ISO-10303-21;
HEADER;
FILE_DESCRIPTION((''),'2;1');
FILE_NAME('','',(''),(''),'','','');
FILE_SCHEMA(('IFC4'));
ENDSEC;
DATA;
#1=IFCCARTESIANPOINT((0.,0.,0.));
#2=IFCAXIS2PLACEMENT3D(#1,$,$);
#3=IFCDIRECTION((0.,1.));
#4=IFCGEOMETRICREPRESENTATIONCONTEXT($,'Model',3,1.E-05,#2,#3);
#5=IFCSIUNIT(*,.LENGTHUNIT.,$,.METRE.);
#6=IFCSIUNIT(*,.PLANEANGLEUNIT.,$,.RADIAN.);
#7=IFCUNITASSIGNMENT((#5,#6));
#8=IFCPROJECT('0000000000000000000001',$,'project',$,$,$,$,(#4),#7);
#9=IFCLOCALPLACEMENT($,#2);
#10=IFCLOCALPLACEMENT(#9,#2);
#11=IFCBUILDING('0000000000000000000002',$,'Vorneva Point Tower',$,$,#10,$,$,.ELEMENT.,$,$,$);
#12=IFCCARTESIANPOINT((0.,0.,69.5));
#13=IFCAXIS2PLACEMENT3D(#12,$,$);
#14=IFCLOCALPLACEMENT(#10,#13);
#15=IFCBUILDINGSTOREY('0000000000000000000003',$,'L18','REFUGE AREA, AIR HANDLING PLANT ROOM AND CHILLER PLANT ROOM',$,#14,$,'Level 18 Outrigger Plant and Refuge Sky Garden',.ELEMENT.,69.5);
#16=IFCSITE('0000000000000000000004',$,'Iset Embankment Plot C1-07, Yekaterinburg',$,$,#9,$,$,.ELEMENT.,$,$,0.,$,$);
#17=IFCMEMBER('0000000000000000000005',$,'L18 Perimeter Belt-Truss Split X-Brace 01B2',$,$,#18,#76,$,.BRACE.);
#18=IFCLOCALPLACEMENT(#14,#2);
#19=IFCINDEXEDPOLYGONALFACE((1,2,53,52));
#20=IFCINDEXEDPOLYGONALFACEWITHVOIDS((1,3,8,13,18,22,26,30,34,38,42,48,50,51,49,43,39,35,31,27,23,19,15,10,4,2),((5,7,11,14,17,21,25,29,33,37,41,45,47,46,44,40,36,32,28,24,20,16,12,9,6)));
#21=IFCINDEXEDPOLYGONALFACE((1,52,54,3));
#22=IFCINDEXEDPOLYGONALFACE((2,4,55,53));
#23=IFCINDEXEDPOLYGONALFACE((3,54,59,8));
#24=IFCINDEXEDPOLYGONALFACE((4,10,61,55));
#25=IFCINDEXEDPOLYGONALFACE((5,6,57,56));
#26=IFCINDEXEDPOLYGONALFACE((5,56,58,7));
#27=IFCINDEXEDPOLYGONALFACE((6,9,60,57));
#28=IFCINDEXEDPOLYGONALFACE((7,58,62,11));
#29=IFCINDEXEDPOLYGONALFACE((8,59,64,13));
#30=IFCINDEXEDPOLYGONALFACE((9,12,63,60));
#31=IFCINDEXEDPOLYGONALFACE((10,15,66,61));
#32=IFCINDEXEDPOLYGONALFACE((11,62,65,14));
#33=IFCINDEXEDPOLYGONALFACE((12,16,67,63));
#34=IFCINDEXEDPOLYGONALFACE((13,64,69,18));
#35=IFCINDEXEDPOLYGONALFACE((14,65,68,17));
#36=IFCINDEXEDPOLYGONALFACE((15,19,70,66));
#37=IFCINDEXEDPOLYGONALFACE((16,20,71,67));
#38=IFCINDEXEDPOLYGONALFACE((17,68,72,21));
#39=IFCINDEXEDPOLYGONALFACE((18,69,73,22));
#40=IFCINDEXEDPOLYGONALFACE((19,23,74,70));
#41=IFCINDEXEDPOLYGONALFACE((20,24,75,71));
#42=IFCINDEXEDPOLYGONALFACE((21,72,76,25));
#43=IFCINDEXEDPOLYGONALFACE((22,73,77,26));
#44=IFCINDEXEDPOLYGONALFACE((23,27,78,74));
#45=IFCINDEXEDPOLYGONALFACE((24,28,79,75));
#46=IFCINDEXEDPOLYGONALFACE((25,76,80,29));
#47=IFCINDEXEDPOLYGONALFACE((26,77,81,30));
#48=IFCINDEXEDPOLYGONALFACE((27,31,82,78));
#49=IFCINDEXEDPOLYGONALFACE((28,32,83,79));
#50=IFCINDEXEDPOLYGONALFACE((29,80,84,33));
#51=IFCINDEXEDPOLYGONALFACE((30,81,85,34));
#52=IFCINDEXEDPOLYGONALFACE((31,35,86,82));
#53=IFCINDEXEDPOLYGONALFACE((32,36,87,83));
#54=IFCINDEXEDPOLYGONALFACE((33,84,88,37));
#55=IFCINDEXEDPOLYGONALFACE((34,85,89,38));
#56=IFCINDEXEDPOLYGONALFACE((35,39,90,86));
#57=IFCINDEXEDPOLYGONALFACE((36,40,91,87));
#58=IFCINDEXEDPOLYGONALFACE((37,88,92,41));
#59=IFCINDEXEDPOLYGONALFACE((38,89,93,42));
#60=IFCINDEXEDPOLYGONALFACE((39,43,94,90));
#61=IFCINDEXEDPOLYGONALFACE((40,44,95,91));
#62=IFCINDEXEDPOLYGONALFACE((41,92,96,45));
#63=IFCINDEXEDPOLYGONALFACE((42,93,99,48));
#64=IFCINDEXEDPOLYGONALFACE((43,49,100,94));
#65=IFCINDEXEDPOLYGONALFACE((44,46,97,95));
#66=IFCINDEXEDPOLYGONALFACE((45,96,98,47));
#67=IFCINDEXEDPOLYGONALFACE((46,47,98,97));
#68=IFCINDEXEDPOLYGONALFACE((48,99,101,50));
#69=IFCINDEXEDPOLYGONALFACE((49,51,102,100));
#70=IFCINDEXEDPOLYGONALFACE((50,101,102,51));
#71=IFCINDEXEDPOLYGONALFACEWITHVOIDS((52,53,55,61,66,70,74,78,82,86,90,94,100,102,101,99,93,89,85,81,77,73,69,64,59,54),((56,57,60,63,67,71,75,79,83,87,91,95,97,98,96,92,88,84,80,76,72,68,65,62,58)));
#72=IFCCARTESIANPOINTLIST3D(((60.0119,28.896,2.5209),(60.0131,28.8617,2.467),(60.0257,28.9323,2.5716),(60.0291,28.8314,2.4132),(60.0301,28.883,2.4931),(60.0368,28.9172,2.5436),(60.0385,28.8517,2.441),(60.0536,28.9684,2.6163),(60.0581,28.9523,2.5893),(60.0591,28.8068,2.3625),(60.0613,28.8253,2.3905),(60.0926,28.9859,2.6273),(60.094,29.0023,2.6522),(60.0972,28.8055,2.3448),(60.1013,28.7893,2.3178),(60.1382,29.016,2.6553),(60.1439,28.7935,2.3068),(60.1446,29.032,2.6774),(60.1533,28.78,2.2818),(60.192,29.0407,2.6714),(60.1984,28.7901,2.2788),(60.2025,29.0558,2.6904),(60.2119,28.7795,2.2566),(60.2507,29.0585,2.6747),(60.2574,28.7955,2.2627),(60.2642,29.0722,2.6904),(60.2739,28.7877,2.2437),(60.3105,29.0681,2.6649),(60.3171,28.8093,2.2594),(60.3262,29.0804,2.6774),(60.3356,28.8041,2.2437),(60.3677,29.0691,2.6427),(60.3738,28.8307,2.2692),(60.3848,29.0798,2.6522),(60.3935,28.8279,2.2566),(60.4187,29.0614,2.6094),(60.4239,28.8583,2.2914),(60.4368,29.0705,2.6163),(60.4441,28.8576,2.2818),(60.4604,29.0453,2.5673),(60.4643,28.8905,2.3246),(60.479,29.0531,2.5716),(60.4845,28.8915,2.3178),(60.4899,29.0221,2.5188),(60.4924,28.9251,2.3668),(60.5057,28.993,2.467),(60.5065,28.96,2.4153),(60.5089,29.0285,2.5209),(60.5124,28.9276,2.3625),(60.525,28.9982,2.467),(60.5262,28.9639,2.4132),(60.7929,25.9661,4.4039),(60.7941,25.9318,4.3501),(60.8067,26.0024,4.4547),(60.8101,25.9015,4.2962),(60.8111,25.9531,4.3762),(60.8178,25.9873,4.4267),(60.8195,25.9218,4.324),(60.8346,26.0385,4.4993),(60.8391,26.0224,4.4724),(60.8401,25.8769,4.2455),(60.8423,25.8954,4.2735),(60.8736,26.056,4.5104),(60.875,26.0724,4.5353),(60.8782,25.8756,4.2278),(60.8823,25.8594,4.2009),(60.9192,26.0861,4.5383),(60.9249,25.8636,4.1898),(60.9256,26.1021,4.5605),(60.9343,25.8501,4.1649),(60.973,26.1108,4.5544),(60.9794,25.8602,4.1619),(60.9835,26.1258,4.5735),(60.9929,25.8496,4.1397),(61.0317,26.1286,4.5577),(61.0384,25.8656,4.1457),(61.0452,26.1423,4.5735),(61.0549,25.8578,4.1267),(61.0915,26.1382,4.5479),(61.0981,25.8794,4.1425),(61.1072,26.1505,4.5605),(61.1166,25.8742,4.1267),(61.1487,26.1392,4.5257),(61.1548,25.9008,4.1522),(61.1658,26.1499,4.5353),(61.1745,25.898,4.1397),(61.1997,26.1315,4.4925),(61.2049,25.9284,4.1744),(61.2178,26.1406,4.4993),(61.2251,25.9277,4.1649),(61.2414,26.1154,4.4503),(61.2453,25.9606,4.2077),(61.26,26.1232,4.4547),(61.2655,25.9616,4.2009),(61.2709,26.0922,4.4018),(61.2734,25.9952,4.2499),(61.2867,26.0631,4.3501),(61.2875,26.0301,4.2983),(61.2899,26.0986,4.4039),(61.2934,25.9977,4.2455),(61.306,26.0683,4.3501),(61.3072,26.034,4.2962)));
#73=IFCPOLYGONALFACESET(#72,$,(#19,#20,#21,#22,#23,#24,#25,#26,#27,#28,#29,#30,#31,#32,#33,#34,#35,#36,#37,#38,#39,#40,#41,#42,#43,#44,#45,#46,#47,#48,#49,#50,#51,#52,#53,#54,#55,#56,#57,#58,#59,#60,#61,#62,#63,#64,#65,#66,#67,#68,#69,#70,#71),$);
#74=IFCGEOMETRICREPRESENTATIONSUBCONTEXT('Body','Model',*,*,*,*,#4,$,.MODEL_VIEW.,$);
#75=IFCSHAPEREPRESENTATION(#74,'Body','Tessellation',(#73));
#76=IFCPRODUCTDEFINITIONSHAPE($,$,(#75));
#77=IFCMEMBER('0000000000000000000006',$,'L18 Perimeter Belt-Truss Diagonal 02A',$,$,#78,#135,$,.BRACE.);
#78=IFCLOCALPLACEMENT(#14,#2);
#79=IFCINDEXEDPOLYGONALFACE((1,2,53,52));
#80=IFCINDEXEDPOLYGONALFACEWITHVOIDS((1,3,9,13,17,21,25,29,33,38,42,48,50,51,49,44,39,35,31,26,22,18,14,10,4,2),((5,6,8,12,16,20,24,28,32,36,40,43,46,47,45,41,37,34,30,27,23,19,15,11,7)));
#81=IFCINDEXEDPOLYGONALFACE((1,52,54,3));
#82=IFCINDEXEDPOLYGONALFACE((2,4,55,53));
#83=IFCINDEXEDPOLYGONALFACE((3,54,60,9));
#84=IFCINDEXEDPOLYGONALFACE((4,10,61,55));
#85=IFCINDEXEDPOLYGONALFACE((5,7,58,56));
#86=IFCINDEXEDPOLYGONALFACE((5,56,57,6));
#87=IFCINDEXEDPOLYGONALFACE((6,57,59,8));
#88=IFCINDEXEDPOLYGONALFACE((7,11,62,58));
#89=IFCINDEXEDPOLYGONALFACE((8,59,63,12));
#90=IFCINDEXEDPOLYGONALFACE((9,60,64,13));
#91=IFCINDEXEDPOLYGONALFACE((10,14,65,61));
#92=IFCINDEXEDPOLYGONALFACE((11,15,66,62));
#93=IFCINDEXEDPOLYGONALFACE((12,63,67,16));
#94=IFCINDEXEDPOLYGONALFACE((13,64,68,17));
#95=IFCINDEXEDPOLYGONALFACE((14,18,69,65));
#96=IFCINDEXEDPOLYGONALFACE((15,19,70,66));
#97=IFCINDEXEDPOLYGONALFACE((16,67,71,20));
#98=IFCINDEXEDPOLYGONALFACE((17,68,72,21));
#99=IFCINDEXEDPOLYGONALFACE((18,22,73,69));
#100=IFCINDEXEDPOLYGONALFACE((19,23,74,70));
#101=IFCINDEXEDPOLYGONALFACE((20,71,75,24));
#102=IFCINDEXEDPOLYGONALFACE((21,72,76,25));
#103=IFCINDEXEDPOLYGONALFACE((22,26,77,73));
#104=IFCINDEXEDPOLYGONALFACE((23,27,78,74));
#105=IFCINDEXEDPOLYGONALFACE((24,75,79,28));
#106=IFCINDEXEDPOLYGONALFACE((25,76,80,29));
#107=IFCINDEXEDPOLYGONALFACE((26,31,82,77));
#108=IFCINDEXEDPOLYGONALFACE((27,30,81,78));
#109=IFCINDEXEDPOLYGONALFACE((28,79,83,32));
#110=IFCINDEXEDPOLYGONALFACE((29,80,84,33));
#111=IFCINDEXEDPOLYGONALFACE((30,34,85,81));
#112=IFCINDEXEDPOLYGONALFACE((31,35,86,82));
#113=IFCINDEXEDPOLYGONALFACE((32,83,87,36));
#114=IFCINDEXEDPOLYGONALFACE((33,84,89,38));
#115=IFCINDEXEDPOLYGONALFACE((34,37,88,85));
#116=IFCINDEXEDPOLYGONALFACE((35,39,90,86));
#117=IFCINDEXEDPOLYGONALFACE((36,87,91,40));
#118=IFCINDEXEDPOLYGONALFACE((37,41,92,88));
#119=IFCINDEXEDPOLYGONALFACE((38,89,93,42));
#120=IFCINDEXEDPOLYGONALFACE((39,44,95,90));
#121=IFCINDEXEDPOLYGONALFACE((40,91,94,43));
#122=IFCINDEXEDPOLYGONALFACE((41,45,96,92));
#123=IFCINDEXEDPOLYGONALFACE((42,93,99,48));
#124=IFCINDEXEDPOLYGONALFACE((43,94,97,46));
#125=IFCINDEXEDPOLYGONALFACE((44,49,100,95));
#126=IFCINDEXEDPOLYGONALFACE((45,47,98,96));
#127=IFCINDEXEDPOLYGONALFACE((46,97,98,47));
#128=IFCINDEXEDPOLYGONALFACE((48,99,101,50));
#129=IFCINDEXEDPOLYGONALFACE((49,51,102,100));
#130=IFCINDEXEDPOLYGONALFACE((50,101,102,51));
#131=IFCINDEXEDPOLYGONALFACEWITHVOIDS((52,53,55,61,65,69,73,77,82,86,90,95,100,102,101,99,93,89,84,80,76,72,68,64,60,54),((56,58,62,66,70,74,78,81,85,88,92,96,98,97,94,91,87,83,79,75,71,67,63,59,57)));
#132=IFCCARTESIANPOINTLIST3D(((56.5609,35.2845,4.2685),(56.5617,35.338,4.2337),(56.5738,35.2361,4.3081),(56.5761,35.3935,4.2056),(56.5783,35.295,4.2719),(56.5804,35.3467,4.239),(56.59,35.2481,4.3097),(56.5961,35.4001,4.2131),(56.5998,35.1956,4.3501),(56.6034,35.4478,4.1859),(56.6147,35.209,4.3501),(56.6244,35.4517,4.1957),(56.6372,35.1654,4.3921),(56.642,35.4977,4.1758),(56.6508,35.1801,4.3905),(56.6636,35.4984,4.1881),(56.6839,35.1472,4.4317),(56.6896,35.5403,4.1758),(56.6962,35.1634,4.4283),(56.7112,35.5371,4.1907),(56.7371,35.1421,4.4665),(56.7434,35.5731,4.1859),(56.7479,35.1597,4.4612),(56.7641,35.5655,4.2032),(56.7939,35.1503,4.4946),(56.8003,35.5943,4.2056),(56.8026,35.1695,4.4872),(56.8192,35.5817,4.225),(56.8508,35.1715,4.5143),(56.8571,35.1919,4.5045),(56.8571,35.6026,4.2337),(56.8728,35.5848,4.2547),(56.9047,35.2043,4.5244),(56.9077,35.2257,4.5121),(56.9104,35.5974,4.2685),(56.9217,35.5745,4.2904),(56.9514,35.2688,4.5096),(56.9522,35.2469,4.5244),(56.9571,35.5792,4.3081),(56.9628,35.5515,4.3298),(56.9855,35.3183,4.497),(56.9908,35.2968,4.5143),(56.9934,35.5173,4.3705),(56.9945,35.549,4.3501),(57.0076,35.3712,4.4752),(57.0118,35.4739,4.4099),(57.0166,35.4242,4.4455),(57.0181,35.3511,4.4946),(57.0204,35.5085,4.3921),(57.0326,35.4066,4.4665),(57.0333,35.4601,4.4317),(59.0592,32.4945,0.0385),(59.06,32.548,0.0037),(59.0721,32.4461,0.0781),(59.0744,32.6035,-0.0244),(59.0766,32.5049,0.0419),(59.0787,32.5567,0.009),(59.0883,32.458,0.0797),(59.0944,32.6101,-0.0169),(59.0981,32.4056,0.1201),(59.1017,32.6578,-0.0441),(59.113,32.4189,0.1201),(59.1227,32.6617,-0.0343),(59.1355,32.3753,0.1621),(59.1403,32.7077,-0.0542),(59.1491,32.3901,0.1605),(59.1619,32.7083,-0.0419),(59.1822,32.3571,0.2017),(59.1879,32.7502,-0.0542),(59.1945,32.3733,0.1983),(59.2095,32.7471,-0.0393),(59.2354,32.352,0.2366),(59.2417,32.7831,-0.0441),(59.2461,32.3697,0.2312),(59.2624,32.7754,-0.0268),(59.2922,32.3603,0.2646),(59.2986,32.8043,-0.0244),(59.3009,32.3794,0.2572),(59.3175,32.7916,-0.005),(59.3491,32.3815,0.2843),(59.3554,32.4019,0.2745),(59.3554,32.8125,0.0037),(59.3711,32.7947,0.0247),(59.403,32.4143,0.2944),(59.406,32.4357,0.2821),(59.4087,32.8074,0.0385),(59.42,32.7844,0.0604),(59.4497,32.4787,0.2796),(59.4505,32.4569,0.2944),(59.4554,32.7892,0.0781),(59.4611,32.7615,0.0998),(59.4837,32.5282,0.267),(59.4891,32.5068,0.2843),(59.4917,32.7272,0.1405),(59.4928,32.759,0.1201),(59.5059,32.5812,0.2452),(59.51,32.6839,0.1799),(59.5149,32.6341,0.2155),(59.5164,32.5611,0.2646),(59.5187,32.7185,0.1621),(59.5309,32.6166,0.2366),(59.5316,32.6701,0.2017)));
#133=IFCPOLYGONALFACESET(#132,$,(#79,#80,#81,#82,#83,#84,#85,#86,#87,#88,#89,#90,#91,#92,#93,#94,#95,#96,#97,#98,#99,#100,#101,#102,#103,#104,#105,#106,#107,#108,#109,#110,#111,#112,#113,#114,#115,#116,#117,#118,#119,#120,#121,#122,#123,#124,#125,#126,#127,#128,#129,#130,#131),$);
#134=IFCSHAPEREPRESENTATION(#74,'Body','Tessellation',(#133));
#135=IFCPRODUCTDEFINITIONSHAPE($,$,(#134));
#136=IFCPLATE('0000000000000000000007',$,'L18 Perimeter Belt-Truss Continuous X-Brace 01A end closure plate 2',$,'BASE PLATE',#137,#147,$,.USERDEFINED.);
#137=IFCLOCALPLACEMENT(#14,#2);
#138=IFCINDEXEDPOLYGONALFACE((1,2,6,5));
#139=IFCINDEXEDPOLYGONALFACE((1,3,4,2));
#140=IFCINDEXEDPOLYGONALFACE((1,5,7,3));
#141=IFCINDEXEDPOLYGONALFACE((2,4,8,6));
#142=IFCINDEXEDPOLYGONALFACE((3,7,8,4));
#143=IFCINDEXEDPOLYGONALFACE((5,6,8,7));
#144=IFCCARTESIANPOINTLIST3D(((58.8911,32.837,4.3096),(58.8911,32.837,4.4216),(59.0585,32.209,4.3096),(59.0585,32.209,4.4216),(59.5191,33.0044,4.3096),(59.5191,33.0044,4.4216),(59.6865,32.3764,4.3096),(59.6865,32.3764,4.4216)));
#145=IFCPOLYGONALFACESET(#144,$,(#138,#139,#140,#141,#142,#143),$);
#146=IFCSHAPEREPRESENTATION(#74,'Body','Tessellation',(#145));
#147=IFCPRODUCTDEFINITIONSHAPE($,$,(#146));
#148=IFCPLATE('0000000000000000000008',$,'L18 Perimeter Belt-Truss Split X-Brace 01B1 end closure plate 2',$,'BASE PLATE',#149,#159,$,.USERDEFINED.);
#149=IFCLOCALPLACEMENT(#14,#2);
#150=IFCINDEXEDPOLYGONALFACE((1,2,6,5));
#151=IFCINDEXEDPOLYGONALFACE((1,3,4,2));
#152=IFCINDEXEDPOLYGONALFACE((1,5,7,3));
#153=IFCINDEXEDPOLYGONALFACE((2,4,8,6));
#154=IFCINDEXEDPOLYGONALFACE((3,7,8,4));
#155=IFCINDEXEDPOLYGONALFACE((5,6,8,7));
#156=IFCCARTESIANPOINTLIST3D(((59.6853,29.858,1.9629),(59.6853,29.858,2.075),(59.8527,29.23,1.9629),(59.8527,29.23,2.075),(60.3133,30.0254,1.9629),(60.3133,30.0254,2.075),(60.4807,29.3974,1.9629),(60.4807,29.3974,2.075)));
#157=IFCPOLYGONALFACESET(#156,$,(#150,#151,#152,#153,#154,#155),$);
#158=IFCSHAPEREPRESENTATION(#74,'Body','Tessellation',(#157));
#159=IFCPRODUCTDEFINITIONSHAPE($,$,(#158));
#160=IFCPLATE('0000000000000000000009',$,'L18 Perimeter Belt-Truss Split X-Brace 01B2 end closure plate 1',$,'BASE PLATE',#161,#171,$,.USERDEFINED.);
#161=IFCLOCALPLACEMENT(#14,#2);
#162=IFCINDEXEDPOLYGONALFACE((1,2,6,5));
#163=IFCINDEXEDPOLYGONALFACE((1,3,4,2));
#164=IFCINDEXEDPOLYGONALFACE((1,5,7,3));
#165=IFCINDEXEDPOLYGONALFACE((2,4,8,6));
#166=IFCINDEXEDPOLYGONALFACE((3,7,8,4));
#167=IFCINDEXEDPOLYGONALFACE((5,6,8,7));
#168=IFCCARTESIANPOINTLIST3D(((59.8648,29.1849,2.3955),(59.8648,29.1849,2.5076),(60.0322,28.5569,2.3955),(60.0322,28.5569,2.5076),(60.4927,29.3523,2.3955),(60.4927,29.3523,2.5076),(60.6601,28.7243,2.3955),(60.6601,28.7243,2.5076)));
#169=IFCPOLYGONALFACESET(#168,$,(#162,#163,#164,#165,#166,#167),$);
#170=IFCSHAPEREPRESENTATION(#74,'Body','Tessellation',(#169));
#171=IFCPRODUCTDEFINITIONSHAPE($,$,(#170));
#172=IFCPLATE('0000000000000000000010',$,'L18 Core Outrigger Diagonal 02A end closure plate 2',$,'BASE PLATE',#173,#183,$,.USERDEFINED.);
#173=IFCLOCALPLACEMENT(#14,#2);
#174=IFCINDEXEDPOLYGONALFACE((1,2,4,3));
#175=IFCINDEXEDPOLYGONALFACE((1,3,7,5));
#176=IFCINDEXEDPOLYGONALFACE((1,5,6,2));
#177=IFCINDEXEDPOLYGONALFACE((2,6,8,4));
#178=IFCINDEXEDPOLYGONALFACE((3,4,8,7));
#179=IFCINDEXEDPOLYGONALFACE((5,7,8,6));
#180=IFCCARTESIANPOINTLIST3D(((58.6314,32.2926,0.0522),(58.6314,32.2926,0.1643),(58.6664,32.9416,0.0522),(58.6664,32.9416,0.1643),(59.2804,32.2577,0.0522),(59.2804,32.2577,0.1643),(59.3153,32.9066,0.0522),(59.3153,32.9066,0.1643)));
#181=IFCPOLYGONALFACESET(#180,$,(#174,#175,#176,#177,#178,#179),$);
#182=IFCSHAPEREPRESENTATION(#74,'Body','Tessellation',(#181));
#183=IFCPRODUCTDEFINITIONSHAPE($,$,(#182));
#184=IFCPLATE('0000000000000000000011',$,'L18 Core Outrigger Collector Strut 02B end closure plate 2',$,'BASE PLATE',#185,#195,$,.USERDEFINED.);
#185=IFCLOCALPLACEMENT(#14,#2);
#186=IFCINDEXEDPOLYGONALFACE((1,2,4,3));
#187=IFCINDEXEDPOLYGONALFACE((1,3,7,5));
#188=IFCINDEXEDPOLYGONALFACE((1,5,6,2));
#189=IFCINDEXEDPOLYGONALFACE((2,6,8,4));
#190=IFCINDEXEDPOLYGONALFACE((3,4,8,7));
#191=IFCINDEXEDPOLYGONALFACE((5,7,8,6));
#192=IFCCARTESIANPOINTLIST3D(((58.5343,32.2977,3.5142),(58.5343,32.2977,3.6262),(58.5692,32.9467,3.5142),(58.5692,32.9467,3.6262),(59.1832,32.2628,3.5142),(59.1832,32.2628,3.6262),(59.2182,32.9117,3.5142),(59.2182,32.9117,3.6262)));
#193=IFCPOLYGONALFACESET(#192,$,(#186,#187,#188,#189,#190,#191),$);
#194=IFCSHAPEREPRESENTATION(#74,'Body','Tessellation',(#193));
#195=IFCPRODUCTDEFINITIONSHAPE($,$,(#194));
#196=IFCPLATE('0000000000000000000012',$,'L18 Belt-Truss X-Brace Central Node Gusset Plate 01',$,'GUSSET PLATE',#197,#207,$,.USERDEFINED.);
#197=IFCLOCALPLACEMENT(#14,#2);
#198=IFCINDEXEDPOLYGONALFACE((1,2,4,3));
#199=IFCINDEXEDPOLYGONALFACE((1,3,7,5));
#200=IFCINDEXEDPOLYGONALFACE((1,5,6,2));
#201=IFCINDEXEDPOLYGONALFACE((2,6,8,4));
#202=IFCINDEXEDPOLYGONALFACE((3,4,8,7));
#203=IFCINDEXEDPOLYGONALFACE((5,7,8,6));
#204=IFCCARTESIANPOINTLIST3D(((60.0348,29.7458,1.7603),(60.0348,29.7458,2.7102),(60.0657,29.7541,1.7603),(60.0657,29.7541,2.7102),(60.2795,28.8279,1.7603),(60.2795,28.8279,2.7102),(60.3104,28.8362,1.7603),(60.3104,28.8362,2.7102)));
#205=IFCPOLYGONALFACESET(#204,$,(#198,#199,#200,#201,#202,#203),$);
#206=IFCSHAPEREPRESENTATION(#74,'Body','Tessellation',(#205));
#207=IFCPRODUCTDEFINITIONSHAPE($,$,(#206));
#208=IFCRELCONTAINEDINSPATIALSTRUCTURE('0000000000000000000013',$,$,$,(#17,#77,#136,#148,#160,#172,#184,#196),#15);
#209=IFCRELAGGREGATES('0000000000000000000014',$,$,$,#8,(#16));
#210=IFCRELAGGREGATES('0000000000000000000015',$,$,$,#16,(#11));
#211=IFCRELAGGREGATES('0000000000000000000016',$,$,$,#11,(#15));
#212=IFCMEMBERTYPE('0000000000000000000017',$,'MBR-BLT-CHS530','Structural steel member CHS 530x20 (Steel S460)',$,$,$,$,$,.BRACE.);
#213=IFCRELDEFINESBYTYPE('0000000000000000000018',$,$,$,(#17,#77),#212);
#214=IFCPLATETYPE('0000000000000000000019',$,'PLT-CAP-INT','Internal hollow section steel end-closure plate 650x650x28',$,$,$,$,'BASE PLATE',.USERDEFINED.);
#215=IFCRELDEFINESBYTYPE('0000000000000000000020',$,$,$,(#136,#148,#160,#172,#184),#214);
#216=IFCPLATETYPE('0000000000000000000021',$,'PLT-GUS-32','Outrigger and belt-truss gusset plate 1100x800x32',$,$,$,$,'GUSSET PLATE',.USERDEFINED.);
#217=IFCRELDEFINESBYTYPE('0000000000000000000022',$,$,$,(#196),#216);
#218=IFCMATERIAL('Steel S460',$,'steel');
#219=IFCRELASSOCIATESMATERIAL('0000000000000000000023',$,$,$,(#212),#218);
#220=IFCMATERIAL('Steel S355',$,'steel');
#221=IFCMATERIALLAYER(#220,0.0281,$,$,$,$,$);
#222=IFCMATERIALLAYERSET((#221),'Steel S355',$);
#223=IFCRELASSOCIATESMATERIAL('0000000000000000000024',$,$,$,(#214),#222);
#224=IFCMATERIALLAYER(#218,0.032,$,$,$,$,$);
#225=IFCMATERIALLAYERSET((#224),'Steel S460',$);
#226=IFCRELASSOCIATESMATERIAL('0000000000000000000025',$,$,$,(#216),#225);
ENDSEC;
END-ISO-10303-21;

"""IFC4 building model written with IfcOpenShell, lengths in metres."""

from ifc_helpers import new_model, si_unit, direction, frame, origin, origin_2d, place, context, subcontext, project, spatial, rectangle, hollow_circle, extrude, material, layer, layer_set, material_profile, profile_set, type_object, element, save


model = new_model("IFC4")

# Units and contexts
model_context = context("Model", 3, precision=1e-05, world=origin(), true_north=direction((0.0, 1.0)))
body_context = subcontext(model_context, "Body", "Model", "MODEL_VIEW")
ifc_project = project(units=[si_unit("LENGTHUNIT", "METRE"), si_unit("PLANEANGLEUNIT", "RADIAN")], contexts=[model_context])

# Site, building, storey
site_placement = place(None, origin())
site = spatial("IfcSite", under=ifc_project, at=site_placement, Name="Iset Embankment Plot C1-07, Yekaterinburg", CompositionType="ELEMENT", RefElevation=0.0)
building_placement = place(site_placement, origin())
building = spatial("IfcBuilding", under=site, at=building_placement, Name="Vorneva Point Tower", CompositionType="ELEMENT")
storey_placement = place(building_placement, frame((0.0, 0.0, 69.5)))
storey = spatial("IfcBuildingStorey", under=building, at=storey_placement, Name="L18", Description="REFUGE AREA, AIR HANDLING PLANT ROOM AND CHILLER PLANT ROOM", LongName="Level 18 Outrigger Plant and Refuge Sky Garden", CompositionType="ELEMENT", Elevation=69.5)

# Shared definitions
ifc_material_1 = material(Name="Steel S460", Category="steel")
ifc_material_2 = material(Name="Steel S355", Category="steel")

# Members
ifc_material_profile_1 = material_profile(ifc_material_1, hollow_circle(Radius=0.2649, WallThickness=0.02, at=origin_2d()), Name="CHS 530x20")
ifc_profile_set_1 = profile_set([ifc_material_profile_1], Name="Steel S460")
member_type = type_object("IfcMemberType", Name="MBR-BLT-CHS530", Description="Structural steel member CHS 530x20 (Steel S460)", PredefinedType="BRACE", material=ifc_profile_set_1)
for number, where, z_axis, x_axis, name in (
    (1, (60.269, 28.9299, 2.467), (0.218808, -0.820855, 0.527561), (0.96626, 0.257567, 0.0), "L18 Perimeter Belt-Truss Split X-Brace 01B2"),
):
    element("IfcMember", number, at=place(storey_placement, frame(where, z_axis=z_axis, x_axis=x_axis)), inside=storey, type_object=member_type, Name=name, PredefinedType="BRACE", context=body_context, shape_type="SweptSolid", body=[
        extrude(hollow_circle(Radius=0.2649, WallThickness=0.02, at=origin_2d()), origin(), (0.0, 0.0, 1.0), 3.5693),
    ])
member_placement = place(storey_placement, frame((59.2954, 32.5823, 0.1201), z_axis=(-0.442203, 0.493843, 0.748716), x_axis=(-0.744984, -0.667083, 0.0)))
element("IfcMember", 2, at=member_placement, inside=storey, type_object=member_type, Name="L18 Perimeter Belt-Truss Diagonal 02A", PredefinedType="BRACE", context=body_context, shape_type="SweptSolid", body=[
    extrude(hollow_circle(Radius=0.2649, WallThickness=0.02, at=origin_2d()), origin(), (0.0, 0.0, 1.0), 5.6497),
])

# Plates
ifc_layer_1 = layer(ifc_material_2, 0.0281)
ifc_layer_set_1 = layer_set([ifc_layer_1], Name="Steel S355")
plate_type_1 = type_object("IfcPlateType", Name="PLT-CAP-INT", Description="Internal hollow section steel end-closure plate 650x650x28", ElementType="BASE PLATE", PredefinedType="USERDEFINED", material=ifc_layer_set_1)
for number, where, z_axis, x_axis, name in (
    (3, (59.2888, 32.6067, 4.3096), (0.0, 0.0, 1.0), (-0.257571, 0.966259, 0.0), "L18 Perimeter Belt-Truss Continuous X-Brace 01A end closure plate 2"),
    (4, (60.083, 29.6277, 1.9629), (0.0, 0.0, 1.0), (0.257571, -0.966259, 0.0), "L18 Perimeter Belt-Truss Split X-Brace 01B1 end closure plate 2"),
    (5, (60.2625, 28.9546, 2.3955), (0.0, 0.0, 1.0), (0.257571, -0.966259, 0.0), "L18 Perimeter Belt-Truss Split X-Brace 01B2 end closure plate 1"),
    (6, (58.9734, 32.5996, 0.0522), (0.0, 0.0, 1.0), (0.998554, -0.053765, 0.0), "L18 Core Outrigger Diagonal 02A end closure plate 2"),
    (7, (58.8762, 32.6047, 3.5142), (0.0, 0.0, 1.0), (0.998554, -0.053765, 0.0), "L18 Core Outrigger Collector Strut 02B end closure plate 2"),
):
    element("IfcPlate", number, at=place(storey_placement, frame(where, z_axis=z_axis, x_axis=x_axis)), inside=storey, type_object=plate_type_1, Name=name, ObjectType="BASE PLATE", PredefinedType="USERDEFINED", context=body_context, shape_type="SweptSolid", body=[
        extrude(rectangle(XDim=0.6499, YDim=0.6499, at=origin_2d()), origin(), (0.0, 0.0, 1.0), 0.1121),
    ])
ifc_layer_2 = layer(ifc_material_1, 0.032)
ifc_layer_set_2 = layer_set([ifc_layer_2], Name="Steel S460")
plate_type_2 = type_object("IfcPlateType", Name="PLT-GUS-32", Description="Outrigger and belt-truss gusset plate 1100x800x32", ElementType="GUSSET PLATE", PredefinedType="USERDEFINED", material=ifc_layer_set_2)
plate_1_placement = place(storey_placement, frame((60.1726, 29.291, 1.7603), z_axis=(0.0, 0.0, 1.0), x_axis=(-0.257571, 0.966259, 0.0)))
element("IfcPlate", 8, at=plate_1_placement, inside=storey, type_object=plate_type_2, Name="L18 Belt-Truss X-Brace Central Node Gusset Plate 01", ObjectType="GUSSET PLATE", PredefinedType="USERDEFINED", context=body_context, shape_type="SweptSolid", body=[
    extrude(rectangle(XDim=0.95, YDim=0.032, at=origin_2d()), origin(), (0.0, 0.0, 1.0), 0.95),
])

save(model, "model.ifc")
